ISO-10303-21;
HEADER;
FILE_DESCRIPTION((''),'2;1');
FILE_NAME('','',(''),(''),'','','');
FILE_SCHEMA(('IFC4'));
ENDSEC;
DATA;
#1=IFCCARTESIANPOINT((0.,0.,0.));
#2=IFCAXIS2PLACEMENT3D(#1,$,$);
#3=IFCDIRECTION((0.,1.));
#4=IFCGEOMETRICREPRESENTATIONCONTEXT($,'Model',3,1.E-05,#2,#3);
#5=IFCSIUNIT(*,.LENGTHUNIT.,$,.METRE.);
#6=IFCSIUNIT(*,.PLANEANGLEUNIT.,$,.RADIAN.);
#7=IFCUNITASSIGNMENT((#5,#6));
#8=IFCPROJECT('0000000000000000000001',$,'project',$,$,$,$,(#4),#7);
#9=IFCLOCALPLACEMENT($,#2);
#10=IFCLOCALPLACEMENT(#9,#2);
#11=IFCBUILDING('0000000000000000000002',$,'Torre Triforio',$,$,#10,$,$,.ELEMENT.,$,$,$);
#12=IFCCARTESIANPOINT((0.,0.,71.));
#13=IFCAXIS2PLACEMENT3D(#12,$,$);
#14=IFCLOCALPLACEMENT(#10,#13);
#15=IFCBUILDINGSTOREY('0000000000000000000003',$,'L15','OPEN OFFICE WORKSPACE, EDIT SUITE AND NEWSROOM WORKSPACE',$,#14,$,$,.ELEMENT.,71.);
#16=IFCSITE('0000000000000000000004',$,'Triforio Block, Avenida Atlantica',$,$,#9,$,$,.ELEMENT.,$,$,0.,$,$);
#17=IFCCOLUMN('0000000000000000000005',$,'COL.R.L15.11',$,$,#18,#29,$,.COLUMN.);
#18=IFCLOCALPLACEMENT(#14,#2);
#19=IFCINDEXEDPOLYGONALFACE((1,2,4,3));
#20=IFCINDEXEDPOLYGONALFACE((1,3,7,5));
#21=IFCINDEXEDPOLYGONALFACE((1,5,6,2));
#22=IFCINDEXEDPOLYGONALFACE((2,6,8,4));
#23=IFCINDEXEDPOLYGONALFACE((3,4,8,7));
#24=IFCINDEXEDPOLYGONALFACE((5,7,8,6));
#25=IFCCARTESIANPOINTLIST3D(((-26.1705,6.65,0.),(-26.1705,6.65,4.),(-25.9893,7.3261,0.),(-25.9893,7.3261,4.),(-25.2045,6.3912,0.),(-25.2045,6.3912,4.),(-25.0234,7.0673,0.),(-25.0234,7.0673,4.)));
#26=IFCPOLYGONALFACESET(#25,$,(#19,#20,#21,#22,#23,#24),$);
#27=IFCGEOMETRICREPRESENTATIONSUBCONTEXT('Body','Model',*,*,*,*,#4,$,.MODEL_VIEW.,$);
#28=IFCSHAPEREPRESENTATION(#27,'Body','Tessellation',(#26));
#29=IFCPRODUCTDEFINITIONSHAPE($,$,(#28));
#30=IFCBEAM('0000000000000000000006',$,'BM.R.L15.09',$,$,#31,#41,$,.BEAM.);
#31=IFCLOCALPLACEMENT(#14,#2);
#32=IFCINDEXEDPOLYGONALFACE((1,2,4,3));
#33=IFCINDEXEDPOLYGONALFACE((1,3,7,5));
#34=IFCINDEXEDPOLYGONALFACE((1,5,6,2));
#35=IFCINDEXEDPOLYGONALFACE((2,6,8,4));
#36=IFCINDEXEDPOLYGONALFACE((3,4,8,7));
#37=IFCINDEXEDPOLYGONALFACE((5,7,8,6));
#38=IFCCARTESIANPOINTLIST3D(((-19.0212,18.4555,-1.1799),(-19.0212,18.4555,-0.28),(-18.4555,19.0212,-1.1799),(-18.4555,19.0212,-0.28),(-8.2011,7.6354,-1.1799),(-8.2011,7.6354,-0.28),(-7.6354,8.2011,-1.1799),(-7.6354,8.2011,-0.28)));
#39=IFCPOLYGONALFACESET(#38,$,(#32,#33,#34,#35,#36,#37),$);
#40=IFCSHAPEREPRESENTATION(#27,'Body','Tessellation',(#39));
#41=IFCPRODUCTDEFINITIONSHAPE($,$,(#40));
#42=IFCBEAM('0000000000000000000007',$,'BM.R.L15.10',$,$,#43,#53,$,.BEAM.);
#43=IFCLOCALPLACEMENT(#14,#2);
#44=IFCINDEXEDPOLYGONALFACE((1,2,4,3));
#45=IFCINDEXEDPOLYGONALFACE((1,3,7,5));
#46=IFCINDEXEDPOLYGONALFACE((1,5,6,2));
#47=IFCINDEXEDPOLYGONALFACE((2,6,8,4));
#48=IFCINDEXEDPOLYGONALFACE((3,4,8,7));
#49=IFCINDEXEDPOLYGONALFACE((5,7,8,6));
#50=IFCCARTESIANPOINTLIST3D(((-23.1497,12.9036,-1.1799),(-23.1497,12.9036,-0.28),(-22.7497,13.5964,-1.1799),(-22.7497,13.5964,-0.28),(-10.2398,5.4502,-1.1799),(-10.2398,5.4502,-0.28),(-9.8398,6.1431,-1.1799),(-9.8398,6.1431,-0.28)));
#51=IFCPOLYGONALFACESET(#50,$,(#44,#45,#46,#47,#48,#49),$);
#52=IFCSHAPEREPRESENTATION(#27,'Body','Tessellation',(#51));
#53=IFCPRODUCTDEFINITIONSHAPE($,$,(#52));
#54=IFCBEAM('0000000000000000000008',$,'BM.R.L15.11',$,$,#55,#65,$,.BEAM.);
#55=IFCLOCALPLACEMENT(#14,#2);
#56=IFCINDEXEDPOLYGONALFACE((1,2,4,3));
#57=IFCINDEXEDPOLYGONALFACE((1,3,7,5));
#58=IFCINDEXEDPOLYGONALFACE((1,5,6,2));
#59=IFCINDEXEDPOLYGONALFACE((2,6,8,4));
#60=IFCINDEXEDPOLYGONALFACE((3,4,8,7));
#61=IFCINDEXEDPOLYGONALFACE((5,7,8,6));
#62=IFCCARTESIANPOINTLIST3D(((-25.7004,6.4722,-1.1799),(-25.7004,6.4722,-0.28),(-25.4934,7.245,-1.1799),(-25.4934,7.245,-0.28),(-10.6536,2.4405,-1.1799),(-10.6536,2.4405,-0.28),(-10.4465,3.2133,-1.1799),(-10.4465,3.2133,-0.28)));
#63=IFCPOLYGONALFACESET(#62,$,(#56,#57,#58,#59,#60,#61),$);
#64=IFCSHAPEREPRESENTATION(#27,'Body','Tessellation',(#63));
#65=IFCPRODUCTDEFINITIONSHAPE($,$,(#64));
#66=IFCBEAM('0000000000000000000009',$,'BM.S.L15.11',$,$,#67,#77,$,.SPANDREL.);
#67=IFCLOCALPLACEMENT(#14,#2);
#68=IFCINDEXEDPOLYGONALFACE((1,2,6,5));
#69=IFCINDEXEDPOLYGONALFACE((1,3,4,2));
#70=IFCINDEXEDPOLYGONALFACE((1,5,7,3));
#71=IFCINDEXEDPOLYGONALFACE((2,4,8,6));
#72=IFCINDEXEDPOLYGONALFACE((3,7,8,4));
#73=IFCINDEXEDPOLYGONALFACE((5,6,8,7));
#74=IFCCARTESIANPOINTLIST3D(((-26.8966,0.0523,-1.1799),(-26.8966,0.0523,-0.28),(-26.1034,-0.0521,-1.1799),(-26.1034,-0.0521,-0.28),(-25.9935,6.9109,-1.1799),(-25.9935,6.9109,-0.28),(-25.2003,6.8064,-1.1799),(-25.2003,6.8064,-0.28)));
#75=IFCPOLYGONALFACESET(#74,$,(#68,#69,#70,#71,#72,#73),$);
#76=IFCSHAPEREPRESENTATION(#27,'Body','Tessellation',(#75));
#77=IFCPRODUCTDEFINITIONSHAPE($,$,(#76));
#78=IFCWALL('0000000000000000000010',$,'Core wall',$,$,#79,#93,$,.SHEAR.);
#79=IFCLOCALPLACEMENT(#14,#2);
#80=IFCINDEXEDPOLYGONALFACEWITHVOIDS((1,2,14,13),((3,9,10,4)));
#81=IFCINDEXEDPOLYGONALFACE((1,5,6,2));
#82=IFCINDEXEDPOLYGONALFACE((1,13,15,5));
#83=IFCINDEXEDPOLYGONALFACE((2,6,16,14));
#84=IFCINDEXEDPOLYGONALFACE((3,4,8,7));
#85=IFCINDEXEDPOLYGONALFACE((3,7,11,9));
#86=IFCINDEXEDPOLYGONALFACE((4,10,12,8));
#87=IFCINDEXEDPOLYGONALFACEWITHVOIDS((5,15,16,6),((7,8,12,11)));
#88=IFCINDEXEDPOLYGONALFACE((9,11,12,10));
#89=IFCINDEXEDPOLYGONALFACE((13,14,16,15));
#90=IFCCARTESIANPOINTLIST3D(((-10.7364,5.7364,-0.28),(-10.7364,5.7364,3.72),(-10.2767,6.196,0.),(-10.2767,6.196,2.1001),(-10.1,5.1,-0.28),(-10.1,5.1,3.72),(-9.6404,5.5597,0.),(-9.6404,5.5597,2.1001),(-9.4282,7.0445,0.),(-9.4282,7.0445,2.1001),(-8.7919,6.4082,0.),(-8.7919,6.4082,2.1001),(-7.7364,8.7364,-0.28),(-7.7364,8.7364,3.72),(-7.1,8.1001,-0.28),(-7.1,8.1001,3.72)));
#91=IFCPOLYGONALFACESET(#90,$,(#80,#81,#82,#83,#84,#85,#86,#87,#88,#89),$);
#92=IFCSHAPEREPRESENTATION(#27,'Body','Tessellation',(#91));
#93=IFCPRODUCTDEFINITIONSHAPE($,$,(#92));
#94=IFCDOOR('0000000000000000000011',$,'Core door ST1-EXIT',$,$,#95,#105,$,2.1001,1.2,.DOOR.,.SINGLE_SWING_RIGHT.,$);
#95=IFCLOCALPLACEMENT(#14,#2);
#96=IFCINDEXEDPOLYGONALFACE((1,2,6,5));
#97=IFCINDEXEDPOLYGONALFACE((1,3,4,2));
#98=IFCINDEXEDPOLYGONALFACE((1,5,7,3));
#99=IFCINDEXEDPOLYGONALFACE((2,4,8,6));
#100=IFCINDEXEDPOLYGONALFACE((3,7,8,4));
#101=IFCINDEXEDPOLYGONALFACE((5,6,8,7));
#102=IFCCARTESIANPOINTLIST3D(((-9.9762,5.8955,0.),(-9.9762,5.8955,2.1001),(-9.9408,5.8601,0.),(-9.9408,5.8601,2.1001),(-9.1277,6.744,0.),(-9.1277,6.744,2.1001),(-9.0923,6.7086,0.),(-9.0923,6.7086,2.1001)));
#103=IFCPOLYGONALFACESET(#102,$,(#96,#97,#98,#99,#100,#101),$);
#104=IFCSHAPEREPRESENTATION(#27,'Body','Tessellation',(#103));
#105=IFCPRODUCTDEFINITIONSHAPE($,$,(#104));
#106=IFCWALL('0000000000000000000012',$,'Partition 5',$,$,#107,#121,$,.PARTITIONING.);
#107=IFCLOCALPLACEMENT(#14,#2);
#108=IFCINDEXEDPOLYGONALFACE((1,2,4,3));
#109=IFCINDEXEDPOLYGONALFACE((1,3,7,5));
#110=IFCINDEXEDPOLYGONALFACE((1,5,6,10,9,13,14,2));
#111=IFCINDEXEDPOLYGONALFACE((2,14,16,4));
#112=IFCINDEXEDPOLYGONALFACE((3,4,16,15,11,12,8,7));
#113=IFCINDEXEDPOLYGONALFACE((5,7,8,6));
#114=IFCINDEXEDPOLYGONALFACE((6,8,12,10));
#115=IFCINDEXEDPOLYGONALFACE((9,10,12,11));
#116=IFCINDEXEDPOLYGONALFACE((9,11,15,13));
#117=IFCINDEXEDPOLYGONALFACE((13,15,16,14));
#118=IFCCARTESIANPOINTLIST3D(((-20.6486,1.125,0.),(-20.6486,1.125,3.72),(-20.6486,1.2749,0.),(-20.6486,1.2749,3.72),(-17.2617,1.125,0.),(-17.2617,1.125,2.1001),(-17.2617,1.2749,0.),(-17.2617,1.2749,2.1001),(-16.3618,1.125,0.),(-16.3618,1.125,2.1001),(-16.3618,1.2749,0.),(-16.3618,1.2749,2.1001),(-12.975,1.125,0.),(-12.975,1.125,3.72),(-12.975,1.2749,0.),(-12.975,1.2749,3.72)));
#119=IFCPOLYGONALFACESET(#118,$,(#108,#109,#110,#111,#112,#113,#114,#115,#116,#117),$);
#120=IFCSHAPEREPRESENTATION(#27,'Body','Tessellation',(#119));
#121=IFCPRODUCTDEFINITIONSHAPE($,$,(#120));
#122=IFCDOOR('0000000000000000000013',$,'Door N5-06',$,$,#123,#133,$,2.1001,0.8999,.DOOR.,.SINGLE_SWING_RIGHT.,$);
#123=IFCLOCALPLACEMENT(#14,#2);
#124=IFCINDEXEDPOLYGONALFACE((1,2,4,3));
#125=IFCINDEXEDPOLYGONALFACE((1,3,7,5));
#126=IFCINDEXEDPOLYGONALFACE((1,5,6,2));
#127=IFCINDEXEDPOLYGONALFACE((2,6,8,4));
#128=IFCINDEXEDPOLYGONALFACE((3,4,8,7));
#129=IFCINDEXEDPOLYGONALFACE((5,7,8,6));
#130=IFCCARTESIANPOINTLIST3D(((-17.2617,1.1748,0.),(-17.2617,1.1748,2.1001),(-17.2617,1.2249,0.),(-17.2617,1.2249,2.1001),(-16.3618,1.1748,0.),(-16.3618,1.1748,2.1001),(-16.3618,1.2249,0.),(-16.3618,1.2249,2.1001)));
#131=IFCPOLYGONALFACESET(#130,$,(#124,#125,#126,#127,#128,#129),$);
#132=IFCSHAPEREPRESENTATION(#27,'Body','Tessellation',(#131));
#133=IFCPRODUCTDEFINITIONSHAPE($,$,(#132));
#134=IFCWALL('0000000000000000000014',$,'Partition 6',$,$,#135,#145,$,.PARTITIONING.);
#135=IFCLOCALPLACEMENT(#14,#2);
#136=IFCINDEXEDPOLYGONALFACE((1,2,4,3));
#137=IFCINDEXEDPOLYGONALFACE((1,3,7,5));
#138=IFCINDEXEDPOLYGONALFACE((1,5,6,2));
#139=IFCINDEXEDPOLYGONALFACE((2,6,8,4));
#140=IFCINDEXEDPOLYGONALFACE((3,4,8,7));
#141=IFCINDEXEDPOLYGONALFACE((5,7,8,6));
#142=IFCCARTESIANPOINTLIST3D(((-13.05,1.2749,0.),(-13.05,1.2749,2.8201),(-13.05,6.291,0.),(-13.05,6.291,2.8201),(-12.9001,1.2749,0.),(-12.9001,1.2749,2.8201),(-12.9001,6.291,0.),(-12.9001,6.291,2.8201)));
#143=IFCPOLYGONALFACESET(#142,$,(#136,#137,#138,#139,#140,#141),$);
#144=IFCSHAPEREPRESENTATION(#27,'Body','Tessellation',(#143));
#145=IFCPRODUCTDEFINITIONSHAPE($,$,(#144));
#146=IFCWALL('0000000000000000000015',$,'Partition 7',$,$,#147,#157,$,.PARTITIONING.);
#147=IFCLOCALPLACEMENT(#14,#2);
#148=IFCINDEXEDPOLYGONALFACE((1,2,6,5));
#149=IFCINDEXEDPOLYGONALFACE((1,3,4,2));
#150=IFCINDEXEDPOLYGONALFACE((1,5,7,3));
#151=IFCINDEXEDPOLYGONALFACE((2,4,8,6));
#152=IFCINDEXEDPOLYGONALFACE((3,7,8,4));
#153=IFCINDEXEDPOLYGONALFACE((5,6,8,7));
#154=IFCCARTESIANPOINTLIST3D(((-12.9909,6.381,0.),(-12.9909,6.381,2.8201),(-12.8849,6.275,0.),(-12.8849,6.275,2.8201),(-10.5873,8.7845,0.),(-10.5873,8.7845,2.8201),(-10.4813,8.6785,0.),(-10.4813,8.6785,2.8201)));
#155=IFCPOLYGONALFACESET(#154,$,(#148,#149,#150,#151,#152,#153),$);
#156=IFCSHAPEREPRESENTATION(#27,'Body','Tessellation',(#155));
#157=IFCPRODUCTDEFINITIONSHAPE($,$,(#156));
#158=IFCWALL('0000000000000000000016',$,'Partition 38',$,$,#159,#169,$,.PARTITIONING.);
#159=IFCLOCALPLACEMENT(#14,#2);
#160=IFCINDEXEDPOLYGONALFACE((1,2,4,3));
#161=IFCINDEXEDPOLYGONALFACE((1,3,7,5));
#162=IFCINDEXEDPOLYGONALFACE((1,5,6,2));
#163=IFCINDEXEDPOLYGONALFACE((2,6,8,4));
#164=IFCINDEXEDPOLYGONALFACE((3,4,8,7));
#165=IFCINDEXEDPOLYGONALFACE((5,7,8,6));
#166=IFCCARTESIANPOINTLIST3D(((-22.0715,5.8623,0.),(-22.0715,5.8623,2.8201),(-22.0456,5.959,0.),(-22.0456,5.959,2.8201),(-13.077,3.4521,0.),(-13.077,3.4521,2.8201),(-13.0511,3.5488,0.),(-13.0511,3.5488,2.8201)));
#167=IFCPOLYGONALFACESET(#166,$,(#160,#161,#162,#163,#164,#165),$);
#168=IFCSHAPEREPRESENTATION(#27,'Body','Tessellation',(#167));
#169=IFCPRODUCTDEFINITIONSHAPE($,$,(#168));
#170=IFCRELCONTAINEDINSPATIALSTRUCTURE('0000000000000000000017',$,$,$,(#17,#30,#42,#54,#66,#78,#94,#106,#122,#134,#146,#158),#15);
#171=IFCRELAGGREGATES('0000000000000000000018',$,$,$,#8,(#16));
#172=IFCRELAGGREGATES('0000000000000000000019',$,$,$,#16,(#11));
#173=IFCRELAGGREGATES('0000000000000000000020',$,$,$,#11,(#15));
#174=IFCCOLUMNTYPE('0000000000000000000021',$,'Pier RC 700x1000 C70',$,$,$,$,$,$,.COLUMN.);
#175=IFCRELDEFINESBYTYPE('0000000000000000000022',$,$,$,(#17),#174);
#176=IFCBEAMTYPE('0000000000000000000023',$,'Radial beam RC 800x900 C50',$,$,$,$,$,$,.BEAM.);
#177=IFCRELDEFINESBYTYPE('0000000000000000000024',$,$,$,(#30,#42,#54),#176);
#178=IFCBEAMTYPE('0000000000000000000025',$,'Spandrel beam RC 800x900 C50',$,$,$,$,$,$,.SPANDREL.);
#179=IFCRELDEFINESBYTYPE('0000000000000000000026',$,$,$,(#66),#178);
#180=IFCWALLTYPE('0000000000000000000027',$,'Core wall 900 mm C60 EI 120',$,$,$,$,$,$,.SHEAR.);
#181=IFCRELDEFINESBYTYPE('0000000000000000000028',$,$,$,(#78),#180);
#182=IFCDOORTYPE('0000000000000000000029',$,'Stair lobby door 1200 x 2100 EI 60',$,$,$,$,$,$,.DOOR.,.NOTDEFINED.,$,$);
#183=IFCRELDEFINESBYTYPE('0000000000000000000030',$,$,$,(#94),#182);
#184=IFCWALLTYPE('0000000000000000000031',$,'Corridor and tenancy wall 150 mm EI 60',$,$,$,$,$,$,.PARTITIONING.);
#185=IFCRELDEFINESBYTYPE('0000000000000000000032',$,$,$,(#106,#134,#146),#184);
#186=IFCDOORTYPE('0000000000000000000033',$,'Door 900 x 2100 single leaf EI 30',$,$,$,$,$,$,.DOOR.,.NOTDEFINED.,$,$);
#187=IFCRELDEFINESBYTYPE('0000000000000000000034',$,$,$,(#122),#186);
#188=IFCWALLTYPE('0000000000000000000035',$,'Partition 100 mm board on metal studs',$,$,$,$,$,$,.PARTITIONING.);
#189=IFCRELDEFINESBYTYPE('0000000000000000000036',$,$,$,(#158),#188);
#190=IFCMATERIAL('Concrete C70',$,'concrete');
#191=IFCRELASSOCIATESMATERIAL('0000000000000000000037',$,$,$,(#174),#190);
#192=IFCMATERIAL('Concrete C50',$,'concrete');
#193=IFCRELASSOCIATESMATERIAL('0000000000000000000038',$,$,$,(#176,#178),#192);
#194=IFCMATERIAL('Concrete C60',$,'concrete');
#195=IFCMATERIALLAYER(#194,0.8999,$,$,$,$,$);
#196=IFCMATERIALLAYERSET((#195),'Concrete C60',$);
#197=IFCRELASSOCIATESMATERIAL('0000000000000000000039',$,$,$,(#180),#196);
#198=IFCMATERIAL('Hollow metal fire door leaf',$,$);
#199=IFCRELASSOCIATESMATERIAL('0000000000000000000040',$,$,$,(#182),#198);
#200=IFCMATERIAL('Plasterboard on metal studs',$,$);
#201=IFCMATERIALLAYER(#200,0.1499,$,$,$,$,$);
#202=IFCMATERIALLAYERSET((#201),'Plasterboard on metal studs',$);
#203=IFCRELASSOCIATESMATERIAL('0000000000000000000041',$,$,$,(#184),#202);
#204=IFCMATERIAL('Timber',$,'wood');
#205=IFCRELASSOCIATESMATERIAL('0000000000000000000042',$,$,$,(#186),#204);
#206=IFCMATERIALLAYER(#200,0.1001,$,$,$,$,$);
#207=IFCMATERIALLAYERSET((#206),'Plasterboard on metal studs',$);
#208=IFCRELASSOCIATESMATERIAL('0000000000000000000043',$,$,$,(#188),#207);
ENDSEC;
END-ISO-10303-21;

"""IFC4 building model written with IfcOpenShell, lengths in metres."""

from ifc_helpers import new_model, si_unit, direction, frame, frame_2d, origin, origin_2d, place, context, subcontext, project, spatial, rectangle, extrude, material, layer, layer_set, material_profile, profile_set, type_object, element, fill, save


model = new_model("IFC4")

# Units and contexts
model_context = context("Model", 3, precision=1e-05, world=origin(), true_north=direction((0.0, 1.0)))
body_context = subcontext(model_context, "Body", "Model", "MODEL_VIEW")
ifc_project = project(units=[si_unit("LENGTHUNIT", "METRE"), si_unit("PLANEANGLEUNIT", "RADIAN")], contexts=[model_context])

# Site, building, storey
site_placement = place(None, origin())
site = spatial("IfcSite", under=ifc_project, at=site_placement, Name="Triforio Block, Avenida Atlantica", CompositionType="ELEMENT", RefElevation=0.0)
building_placement = place(site_placement, origin())
building = spatial("IfcBuilding", under=site, at=building_placement, Name="Torre Triforio", CompositionType="ELEMENT")
storey_placement = place(building_placement, frame((0.0, 0.0, 71.0)))
storey = spatial("IfcBuildingStorey", under=building, at=storey_placement, Name="L15", Description="OPEN OFFICE WORKSPACE, EDIT SUITE AND NEWSROOM WORKSPACE", CompositionType="ELEMENT", Elevation=71.0)

# Column
ifc_material_1 = material(Name="Concrete C70", Category="concrete")
ifc_material_profile_1 = material_profile(ifc_material_1, rectangle(XDim=0.7, YDim=1.0, at=origin_2d()), Name="RC 700x1000")
ifc_profile_set_1 = profile_set([ifc_material_profile_1], Name="Concrete C70")
column_type = type_object("IfcColumnType", Name="Pier RC 700x1000 C70", PredefinedType="COLUMN", material=ifc_profile_set_1)
column_placement = place(storey_placement, frame((-25.5969, 6.8586, 0.0), z_axis=(0.0, 0.0, 1.0), x_axis=(-0.258819, -0.965926, 0.0)))
element("IfcColumn", 1, at=column_placement, inside=storey, type_object=column_type, Name="COL.R.L15.11", PredefinedType="COLUMN", context=body_context, shape_type="SweptSolid", body=[
    extrude(rectangle(XDim=0.7, YDim=1.0, at=origin_2d()), origin(), (0.0, 0.0, 1.0), 4.0),
])

# Beams
ifc_material_2 = material(Name="Concrete C50", Category="concrete")
ifc_material_profile_2 = material_profile(ifc_material_2, rectangle(XDim=0.8, YDim=0.8999, at=origin_2d()), Name="RC 800x900")
ifc_profile_set_2 = profile_set([ifc_material_profile_2], Name="Concrete C50")
beam_type_1 = type_object("IfcBeamType", Name="Radial beam RC 800x900 C50", PredefinedType="BEAM", material=ifc_profile_set_2)
beam_1_placement = place(storey_placement, frame((-7.9182, 7.9182, -0.73), z_axis=(-0.707107, 0.707107, 0.0), x_axis=(-0.707107, -0.707107, 0.0)))
element("IfcBeam", 2, at=beam_1_placement, inside=storey, type_object=beam_type_1, Name="BM.R.L15.09", PredefinedType="BEAM", context=body_context, shape_type="SweptSolid", body=[
    extrude(rectangle(XDim=0.8, YDim=0.8999, at=origin_2d()), origin(), (0.0, 0.0, 1.0), 15.302),
])
beam_2_placement = place(storey_placement, frame((-10.0398, 5.7966, -0.73), z_axis=(-0.86603, 0.499991, 0.0), x_axis=(-0.499991, -0.86603, 0.0)))
element("IfcBeam", 3, at=beam_2_placement, inside=storey, type_object=beam_type_1, Name="BM.R.L15.10", PredefinedType="BEAM", context=body_context, shape_type="SweptSolid", body=[
    extrude(rectangle(XDim=0.8, YDim=0.8999, at=origin_2d()), origin(), (0.0, 0.0, 1.0), 14.907),
])
beam_3_placement = place(storey_placement, frame((-10.55, 2.8269, -0.73), z_axis=(-0.965927, 0.258815, 0.0), x_axis=(-0.258815, -0.965927, 0.0)))
element("IfcBeam", 4, at=beam_3_placement, inside=storey, type_object=beam_type_1, Name="BM.R.L15.11", PredefinedType="BEAM", context=body_context, shape_type="SweptSolid", body=[
    extrude(rectangle(XDim=0.8, YDim=0.8999, at=origin_2d()), origin(), (0.0, 0.0, 1.0), 15.5776),
])
ifc_material_profile_3 = material_profile(ifc_material_2, rectangle(XDim=0.8, YDim=0.8999, at=origin_2d()), Name="RC 800x900")
ifc_profile_set_3 = profile_set([ifc_material_profile_3], Name="Concrete C50")
beam_type_2 = type_object("IfcBeamType", Name="Spandrel beam RC 800x900 C50", PredefinedType="SPANDREL", material=ifc_profile_set_3)
beam_4_placement = place(storey_placement, frame((-25.5969, 6.8586, -0.73), z_axis=(-0.130543, -0.991443, 0.0), x_axis=(0.991443, -0.130543, 0.0)))
element("IfcBeam", 5, at=beam_4_placement, inside=storey, type_object=beam_type_2, Name="BM.S.L15.11", PredefinedType="SPANDREL", context=body_context, shape_type="SweptSolid", body=[
    extrude(rectangle(XDim=0.8, YDim=0.8999, at=origin_2d()), origin(), (0.0, 0.0, 1.0), 6.9177),
])

# Walls, openings, doors
ifc_material_3 = material(Name="Concrete C60", Category="concrete")
ifc_layer_1 = layer(ifc_material_3, 0.8999)
ifc_layer_set_1 = layer_set([ifc_layer_1], Name="Concrete C60")
wall_type_1 = type_object("IfcWallType", Name="Core wall 900 mm C60 EI 120", PredefinedType="SHEAR", material=ifc_layer_set_1)
wall_1_placement = place(storey_placement, frame((-10.4182, 5.4182, -0.28), z_axis=(0.0, 0.0, 1.0), x_axis=(0.707107, 0.707107, 0.0)))
wall_1 = element("IfcWall", 6, at=wall_1_placement, inside=storey, type_object=wall_type_1, Name="Core wall", PredefinedType="SHEAR", context=body_context, shape_type="SweptSolid", body=[
    extrude(rectangle(XDim=4.2427, YDim=0.8999, at=frame_2d((2.1213, 0.0))), origin(), (0.0, 0.0, 1.0), 4.0),
])
opening_1_placement = place(wall_1_placement, frame((0.6499, 0.0, 0.28)))
opening_1 = element("IfcOpeningElement", 7, at=opening_1_placement, cuts=wall_1, PredefinedType="OPENING", context=body_context, shape_type="SweptSolid", body=[
    extrude(rectangle(XDim=1.2, YDim=2.1001, at=frame_2d((0.6001, 1.05))), frame((0.0, 0.46, 0.0), z_axis=(0.0, -1.0, 0.0), x_axis=(1.0, 0.0, 0.0)), (0.0, 0.0, 1.0), 0.9199),
])
ifc_material_4 = material(Name="Hollow metal fire door leaf")
door_type_1 = type_object("IfcDoorType", Name="Stair lobby door 1200 x 2100 EI 60", OperationType="NOTDEFINED", PredefinedType="DOOR", material=ifc_material_4)
door_1_placement = place(opening_1_placement, origin())
door_1 = element("IfcDoor", 8, at=door_1_placement, inside=storey, type_object=door_type_1, Name="Core door ST1-EXIT", OperationType="SINGLE_SWING_RIGHT", OverallHeight=2.1001, OverallWidth=1.2, PredefinedType="DOOR", context=body_context, shape_type="SweptSolid", body=[
    extrude(rectangle(XDim=1.2, YDim=2.1001, at=frame_2d((0.6001, 1.05))), frame((0.0, 0.0249, 0.0), z_axis=(0.0, -1.0, 0.0), x_axis=(1.0, 0.0, 0.0)), (0.0, 0.0, 1.0), 0.05),
])
fill(opening_1, door_1)
ifc_material_5 = material(Name="Plasterboard on metal studs")
ifc_layer_2 = layer(ifc_material_5, 0.1499)
ifc_layer_set_2 = layer_set([ifc_layer_2], Name="Plasterboard on metal studs")
wall_type_2 = type_object("IfcWallType", Name="Corridor and tenancy wall 150 mm EI 60", PredefinedType="PARTITIONING", material=ifc_layer_set_2)
wall_2_placement = place(storey_placement, frame((-20.6487, 1.2, 0.0), z_axis=(0.0, 0.0, 1.0), x_axis=(1.0, 0.0, 0.0)))
wall_2 = element("IfcWall", 9, at=wall_2_placement, inside=storey, type_object=wall_type_2, Name="Partition 5", PredefinedType="PARTITIONING", context=body_context, shape_type="SweptSolid", body=[
    extrude(rectangle(XDim=7.6736, YDim=0.1499, at=frame_2d((3.8369, 0.0))), origin(), (0.0, 0.0, 1.0), 3.72),
])
opening_2_placement = place(wall_2_placement, frame((3.387, 0.0, 0.0)))
opening_2 = element("IfcOpeningElement", 10, at=opening_2_placement, cuts=wall_2, PredefinedType="OPENING", context=body_context, shape_type="SweptSolid", body=[
    extrude(rectangle(XDim=0.8999, YDim=2.1001, at=frame_2d((0.45, 1.05))), frame((0.0, 0.085, 0.0), z_axis=(0.0, -1.0, 0.0), x_axis=(1.0, 0.0, 0.0)), (0.0, 0.0, 1.0), 0.1699),
])
ifc_material_6 = material(Name="Timber", Category="wood")
door_type_2 = type_object("IfcDoorType", Name="Door 900 x 2100 single leaf EI 30", OperationType="NOTDEFINED", PredefinedType="DOOR", material=ifc_material_6)
door_2_placement = place(opening_2_placement, origin())
door_2 = element("IfcDoor", 11, at=door_2_placement, inside=storey, type_object=door_type_2, Name="Door N5-06", OperationType="SINGLE_SWING_RIGHT", OverallHeight=2.1001, OverallWidth=0.8999, PredefinedType="DOOR", context=body_context, shape_type="SweptSolid", body=[
    extrude(rectangle(XDim=0.8999, YDim=2.1001, at=frame_2d((0.45, 1.05))), frame((0.0, 0.0249, 0.0), z_axis=(0.0, -1.0, 0.0), x_axis=(1.0, 0.0, 0.0)), (0.0, 0.0, 1.0), 0.05),
])
fill(opening_2, door_2)

# Walls
wall_3_placement = place(storey_placement, frame((-12.9751, 1.2749, 0.0), z_axis=(0.0, 0.0, 1.0), x_axis=(0.0, 1.0, 0.0)))
element("IfcWall", 12, at=wall_3_placement, inside=storey, type_object=wall_type_2, Name="Partition 6", PredefinedType="PARTITIONING", context=body_context, shape_type="SweptSolid", body=[
    extrude(rectangle(XDim=5.0161, YDim=0.1499, at=frame_2d((2.5081, 0.0))), origin(), (0.0, 0.0, 1.0), 2.8201),
])
wall_4_placement = place(storey_placement, frame((-12.938, 6.3279, 0.0), z_axis=(0.0, 0.0, 1.0), x_axis=(0.707107, 0.707107, 0.0)))
element("IfcWall", 13, at=wall_4_placement, inside=storey, type_object=wall_type_2, Name="Partition 7", PredefinedType="PARTITIONING", context=body_context, shape_type="SweptSolid", body=[
    extrude(rectangle(XDim=3.3992, YDim=0.1499, at=frame_2d((1.6997, 0.0))), origin(), (0.0, 0.0, 1.0), 2.8201),
])
ifc_layer_3 = layer(ifc_material_5, 0.1001)
ifc_layer_set_3 = layer_set([ifc_layer_3], Name="Plasterboard on metal studs")
wall_type_3 = type_object("IfcWallType", Name="Partition 100 mm board on metal studs", PredefinedType="PARTITIONING", material=ifc_layer_set_3)
wall_5_placement = place(storey_placement, frame((-13.0642, 3.5005, 0.0), z_axis=(0.0, 0.0, 1.0), x_axis=(-0.965923, 0.258831, 0.0)))
element("IfcWall", 14, at=wall_5_placement, inside=storey, type_object=wall_type_3, Name="Partition 38", PredefinedType="PARTITIONING", context=body_context, shape_type="SweptSolid", body=[
    extrude(rectangle(XDim=9.3118, YDim=0.1001, at=frame_2d((4.6558, 0.0))), origin(), (0.0, 0.0, 1.0), 2.8201),
])

save(model, "model.ifc")
